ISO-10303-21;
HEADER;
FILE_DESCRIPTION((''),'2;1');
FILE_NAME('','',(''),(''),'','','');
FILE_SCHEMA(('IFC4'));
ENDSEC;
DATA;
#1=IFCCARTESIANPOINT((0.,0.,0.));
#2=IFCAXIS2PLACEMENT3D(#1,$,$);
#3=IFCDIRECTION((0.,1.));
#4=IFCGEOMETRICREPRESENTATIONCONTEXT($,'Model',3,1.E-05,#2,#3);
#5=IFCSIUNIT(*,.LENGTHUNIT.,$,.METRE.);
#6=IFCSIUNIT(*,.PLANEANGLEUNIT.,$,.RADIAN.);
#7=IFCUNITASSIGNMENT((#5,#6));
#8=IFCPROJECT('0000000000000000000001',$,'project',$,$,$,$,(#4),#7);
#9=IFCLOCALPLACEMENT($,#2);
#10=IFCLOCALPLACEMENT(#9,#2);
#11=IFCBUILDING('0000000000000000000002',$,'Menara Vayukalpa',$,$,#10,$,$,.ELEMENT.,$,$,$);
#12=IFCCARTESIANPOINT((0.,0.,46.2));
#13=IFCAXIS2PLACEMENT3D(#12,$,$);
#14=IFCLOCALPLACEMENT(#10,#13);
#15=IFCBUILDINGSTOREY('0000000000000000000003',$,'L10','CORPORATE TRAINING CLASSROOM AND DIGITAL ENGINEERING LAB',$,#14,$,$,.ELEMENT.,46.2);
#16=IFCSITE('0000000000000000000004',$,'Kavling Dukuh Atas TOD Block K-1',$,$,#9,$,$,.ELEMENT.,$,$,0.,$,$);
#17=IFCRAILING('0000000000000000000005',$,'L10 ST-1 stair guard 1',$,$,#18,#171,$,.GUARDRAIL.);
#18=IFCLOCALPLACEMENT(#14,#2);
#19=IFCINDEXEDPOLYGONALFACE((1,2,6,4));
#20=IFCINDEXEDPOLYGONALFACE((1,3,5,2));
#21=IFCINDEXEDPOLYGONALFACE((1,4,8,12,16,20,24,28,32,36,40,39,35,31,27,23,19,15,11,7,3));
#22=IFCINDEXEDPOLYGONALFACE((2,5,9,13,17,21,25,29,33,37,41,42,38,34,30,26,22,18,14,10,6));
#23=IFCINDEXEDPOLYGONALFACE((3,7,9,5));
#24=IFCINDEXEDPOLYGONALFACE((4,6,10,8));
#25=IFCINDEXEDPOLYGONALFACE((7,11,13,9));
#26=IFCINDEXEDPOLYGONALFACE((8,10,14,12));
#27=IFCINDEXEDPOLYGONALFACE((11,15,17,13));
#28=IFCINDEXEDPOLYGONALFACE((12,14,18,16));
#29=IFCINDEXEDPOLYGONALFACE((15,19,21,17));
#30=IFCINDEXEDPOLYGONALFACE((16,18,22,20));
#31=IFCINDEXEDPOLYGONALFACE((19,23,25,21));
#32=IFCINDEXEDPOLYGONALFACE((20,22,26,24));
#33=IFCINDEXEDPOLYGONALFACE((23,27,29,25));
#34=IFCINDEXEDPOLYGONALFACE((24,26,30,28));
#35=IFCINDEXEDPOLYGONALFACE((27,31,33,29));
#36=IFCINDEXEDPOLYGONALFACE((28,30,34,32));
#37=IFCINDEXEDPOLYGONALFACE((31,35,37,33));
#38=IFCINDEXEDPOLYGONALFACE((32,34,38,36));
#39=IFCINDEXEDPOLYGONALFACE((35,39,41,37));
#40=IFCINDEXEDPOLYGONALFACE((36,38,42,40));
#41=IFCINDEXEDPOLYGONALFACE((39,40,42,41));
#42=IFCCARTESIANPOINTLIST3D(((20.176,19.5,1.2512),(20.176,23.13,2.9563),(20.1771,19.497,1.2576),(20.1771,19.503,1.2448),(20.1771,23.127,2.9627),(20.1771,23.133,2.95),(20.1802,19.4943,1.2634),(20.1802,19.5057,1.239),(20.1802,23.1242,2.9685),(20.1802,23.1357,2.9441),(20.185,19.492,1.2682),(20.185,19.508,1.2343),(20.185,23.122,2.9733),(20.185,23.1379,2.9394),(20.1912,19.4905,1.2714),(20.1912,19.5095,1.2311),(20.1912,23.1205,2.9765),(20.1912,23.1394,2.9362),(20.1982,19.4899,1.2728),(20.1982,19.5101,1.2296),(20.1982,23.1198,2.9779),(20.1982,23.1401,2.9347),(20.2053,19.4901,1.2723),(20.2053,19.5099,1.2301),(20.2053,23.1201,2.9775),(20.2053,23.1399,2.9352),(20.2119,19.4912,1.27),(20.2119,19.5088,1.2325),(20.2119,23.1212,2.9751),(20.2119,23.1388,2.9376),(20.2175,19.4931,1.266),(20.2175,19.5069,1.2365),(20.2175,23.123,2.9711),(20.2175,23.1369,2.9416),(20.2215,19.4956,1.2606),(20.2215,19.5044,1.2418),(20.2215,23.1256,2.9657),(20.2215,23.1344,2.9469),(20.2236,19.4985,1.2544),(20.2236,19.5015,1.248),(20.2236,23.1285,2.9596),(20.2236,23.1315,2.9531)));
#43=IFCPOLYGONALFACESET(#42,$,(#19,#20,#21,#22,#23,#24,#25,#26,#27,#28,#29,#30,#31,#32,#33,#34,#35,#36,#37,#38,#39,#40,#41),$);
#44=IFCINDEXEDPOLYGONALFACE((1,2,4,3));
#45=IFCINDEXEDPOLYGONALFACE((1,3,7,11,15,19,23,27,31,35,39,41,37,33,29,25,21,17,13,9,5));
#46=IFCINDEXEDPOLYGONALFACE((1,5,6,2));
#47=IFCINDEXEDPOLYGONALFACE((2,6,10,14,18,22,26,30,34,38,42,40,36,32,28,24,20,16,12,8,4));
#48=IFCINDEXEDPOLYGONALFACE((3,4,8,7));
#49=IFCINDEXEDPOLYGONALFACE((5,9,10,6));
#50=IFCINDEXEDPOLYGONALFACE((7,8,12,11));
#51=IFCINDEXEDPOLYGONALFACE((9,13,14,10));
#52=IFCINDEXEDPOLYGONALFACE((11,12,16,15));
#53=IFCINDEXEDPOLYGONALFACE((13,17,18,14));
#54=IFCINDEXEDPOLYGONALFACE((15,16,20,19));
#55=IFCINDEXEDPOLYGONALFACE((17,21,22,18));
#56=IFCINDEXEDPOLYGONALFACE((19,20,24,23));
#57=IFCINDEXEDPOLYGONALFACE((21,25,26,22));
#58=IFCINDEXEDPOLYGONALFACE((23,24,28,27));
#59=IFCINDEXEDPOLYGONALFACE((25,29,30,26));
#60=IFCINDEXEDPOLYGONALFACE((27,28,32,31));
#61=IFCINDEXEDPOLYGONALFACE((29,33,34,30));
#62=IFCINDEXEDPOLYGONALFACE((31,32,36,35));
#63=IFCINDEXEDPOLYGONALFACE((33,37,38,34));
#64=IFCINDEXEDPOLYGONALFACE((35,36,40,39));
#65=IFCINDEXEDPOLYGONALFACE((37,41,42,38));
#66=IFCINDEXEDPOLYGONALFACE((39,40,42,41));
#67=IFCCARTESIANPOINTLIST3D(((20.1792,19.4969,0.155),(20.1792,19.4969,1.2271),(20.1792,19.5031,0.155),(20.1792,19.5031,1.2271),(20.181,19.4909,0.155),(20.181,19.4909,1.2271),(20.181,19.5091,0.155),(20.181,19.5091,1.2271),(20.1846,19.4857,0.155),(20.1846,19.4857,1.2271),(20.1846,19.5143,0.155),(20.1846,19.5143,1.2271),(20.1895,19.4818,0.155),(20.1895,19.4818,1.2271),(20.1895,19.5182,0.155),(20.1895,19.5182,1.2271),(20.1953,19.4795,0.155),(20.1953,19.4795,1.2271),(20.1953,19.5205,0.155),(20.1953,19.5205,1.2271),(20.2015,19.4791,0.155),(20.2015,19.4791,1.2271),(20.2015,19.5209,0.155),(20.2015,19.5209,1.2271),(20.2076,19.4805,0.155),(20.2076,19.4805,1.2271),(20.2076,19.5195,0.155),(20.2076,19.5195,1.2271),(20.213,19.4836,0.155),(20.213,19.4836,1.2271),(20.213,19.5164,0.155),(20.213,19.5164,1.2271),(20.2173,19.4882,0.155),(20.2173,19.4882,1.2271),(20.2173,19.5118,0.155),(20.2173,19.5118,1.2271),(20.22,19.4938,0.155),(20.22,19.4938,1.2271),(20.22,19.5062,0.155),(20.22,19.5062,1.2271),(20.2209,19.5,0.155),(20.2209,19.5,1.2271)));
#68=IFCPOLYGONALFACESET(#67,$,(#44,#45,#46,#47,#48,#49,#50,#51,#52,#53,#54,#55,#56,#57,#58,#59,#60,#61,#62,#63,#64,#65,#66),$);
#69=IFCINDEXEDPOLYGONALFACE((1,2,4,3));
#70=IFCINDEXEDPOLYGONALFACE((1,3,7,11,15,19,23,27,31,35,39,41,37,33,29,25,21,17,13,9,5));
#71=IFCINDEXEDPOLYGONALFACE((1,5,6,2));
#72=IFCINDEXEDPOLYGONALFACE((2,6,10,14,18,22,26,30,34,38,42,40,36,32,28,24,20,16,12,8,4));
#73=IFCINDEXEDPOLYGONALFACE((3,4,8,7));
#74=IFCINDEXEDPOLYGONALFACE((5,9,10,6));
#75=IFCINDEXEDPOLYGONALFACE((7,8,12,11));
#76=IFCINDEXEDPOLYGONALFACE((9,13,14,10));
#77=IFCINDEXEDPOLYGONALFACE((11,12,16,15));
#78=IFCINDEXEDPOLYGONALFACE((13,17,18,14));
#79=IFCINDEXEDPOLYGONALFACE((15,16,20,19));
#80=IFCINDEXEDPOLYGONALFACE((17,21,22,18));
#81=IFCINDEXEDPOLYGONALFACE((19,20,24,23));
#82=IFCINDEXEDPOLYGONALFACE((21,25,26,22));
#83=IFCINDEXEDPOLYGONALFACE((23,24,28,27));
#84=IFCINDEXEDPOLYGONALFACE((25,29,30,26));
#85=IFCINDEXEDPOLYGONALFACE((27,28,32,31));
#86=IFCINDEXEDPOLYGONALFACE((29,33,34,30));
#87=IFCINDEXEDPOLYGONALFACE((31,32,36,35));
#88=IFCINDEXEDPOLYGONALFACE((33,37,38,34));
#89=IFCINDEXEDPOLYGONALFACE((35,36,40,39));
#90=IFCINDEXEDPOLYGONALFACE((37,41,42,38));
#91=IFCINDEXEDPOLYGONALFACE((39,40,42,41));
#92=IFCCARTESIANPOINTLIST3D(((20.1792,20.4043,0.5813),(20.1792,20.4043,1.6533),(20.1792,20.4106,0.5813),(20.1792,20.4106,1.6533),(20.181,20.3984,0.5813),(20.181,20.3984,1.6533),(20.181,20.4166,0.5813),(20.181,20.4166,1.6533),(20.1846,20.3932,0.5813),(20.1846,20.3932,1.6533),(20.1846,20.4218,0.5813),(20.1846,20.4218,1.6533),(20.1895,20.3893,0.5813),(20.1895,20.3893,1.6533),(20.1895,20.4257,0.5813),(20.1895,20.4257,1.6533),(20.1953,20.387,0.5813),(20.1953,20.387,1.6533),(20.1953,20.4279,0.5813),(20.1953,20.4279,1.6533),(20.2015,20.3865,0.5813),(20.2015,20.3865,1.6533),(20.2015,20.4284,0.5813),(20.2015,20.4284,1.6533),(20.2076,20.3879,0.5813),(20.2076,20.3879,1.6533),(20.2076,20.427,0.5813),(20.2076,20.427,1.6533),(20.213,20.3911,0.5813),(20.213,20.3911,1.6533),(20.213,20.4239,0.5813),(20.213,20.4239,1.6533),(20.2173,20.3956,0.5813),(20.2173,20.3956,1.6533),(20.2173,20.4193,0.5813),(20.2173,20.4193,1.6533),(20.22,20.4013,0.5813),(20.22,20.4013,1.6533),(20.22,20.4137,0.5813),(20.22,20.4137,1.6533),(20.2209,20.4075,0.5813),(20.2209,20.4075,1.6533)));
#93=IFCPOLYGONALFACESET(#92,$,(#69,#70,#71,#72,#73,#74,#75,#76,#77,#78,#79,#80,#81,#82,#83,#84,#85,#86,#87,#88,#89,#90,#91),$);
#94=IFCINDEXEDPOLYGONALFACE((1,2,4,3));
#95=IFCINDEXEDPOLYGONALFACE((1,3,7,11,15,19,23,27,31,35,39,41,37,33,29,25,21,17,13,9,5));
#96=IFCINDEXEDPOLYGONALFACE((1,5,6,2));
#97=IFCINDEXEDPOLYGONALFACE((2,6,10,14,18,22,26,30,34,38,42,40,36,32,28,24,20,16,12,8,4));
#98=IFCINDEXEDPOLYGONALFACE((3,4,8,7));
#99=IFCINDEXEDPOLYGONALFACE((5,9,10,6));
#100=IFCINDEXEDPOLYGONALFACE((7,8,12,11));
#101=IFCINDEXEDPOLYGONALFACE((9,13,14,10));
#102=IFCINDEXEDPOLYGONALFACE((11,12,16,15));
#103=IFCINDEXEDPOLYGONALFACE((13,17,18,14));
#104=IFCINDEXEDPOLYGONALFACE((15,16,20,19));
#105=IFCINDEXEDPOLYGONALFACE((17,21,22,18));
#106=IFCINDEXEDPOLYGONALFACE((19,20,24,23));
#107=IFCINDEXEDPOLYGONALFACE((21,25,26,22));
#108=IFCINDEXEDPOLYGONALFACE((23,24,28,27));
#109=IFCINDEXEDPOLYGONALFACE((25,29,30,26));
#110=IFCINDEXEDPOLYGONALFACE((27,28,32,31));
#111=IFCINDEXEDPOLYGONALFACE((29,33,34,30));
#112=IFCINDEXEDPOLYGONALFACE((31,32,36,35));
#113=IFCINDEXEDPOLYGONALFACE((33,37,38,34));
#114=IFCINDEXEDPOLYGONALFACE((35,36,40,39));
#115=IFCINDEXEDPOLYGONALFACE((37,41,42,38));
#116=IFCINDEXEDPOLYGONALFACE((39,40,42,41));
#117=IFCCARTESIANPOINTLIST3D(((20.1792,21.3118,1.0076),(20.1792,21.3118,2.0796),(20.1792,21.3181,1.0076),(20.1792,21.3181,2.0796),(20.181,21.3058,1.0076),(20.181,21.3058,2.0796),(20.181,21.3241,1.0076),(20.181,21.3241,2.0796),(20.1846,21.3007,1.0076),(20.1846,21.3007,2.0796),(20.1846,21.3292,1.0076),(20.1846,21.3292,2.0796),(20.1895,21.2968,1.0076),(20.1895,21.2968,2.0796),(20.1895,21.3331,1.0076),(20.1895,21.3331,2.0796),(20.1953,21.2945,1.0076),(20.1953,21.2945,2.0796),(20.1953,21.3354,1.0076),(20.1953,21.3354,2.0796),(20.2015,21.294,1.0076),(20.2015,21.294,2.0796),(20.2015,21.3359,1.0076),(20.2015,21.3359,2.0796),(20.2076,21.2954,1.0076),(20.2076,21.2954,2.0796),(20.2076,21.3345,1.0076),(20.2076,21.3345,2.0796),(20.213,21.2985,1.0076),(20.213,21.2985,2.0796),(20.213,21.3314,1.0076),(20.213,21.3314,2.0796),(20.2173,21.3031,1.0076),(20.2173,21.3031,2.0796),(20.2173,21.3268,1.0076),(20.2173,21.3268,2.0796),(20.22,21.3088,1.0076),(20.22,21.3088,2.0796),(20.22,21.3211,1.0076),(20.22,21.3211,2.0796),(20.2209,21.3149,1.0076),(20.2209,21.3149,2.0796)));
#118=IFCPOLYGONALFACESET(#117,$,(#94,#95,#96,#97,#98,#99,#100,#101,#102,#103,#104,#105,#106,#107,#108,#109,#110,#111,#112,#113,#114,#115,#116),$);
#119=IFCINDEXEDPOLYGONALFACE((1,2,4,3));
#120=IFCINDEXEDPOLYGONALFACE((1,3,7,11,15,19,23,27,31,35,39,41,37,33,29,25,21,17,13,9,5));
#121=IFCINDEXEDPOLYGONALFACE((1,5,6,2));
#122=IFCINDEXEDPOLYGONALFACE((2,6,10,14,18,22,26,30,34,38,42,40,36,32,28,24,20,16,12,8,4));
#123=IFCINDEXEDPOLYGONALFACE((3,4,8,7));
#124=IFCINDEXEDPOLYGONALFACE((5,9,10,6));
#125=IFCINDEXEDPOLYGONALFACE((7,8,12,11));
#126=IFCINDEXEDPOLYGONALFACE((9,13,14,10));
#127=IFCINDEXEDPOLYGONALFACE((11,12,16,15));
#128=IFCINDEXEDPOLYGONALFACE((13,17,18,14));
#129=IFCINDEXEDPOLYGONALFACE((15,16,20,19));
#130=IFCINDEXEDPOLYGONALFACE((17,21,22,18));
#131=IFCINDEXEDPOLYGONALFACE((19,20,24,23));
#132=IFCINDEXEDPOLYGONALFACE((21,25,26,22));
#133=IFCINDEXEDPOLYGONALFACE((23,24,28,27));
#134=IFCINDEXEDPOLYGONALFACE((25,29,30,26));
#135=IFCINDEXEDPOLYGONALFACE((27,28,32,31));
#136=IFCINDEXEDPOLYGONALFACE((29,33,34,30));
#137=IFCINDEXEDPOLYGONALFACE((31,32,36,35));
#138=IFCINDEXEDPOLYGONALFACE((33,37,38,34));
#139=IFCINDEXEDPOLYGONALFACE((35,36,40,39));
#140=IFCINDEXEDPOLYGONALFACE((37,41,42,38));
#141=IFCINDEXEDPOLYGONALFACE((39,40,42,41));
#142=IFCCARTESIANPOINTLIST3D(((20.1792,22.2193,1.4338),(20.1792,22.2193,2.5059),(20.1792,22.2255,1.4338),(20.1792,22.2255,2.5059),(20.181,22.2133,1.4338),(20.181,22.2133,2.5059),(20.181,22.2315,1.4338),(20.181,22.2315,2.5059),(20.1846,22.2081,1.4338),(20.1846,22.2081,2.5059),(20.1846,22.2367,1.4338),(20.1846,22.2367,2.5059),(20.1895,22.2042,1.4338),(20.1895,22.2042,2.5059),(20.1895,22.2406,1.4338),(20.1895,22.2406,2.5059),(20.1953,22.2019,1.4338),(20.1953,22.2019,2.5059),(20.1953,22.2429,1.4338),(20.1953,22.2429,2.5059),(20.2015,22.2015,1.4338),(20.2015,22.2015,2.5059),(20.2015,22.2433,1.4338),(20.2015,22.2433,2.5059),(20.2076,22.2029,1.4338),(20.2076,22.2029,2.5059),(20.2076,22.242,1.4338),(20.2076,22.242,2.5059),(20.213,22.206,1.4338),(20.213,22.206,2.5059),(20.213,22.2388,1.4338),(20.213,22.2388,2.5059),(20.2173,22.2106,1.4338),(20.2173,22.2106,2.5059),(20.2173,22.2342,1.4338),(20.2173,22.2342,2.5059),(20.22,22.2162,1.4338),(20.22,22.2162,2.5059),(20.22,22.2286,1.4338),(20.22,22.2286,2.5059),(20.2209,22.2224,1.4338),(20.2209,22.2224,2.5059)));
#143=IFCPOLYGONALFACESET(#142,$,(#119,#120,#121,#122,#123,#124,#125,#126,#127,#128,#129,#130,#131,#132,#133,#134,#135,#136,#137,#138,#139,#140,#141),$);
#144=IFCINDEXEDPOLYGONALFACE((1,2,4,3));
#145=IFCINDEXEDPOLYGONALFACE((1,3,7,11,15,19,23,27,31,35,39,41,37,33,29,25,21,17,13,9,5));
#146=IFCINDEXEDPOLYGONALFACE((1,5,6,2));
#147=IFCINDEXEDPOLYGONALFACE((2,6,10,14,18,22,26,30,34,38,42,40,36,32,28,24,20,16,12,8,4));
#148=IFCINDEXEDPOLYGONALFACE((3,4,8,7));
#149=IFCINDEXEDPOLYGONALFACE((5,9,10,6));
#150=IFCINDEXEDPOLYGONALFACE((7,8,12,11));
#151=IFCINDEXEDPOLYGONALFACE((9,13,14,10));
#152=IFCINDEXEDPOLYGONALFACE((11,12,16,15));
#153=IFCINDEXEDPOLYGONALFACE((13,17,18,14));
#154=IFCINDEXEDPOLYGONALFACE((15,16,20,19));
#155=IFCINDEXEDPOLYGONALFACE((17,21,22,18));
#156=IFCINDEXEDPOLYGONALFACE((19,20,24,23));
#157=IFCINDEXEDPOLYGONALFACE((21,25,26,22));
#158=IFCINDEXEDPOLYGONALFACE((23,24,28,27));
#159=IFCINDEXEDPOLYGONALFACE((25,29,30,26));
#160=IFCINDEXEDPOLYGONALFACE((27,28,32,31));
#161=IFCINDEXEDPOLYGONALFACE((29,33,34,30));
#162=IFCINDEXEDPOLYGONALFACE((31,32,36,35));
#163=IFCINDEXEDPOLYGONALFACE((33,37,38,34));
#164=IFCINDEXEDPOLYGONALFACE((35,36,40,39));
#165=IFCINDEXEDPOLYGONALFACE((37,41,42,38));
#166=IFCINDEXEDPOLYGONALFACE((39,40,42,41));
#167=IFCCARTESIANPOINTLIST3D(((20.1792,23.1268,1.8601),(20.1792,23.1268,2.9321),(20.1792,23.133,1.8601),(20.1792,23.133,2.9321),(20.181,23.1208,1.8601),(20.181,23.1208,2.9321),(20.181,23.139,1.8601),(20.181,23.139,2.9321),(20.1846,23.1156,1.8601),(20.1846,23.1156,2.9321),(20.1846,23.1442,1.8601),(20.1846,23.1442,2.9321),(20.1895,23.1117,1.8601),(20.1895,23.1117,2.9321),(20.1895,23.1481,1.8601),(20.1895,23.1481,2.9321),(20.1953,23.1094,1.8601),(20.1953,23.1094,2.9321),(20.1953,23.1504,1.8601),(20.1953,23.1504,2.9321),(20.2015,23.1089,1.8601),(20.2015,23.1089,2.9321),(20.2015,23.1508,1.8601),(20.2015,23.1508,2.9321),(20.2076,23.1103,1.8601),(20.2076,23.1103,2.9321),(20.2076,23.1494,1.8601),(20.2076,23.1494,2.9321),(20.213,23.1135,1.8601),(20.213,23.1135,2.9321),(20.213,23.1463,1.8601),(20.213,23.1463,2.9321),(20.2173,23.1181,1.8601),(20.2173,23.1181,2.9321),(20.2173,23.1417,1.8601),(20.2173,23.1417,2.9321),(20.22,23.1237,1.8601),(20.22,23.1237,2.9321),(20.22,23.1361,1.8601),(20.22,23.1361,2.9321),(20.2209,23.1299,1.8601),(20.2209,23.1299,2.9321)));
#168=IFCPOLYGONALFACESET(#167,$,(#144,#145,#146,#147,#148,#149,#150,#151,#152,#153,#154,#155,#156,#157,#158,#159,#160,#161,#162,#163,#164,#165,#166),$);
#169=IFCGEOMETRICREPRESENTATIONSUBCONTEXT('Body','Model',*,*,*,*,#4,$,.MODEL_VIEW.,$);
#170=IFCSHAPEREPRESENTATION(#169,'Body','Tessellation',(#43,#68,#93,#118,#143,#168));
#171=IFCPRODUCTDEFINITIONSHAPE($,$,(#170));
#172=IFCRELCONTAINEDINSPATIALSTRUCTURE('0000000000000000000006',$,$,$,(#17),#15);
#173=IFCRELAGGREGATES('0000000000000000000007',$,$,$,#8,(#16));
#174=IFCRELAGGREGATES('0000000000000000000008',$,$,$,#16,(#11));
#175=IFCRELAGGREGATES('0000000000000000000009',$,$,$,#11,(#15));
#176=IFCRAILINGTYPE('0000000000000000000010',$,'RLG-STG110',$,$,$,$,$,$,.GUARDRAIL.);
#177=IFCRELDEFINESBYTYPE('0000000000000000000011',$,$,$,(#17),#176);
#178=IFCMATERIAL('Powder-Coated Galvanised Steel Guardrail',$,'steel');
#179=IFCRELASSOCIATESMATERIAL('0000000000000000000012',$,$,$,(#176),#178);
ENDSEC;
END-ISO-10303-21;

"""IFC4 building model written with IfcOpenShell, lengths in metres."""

from ifc_helpers import new_model, si_unit, direction, frame, origin, origin_2d, place, context, subcontext, project, spatial, circle, extrude, material, type_object, element, save


model = new_model("IFC4")

# Units and contexts
model_context = context("Model", 3, precision=1e-05, world=origin(), true_north=direction((0.0, 1.0)))
body_context = subcontext(model_context, "Body", "Model", "MODEL_VIEW")
ifc_project = project(units=[si_unit("LENGTHUNIT", "METRE"), si_unit("PLANEANGLEUNIT", "RADIAN")], contexts=[model_context])

# Site, building, storey
site_placement = place(None, origin())
site = spatial("IfcSite", under=ifc_project, at=site_placement, Name="Kavling Dukuh Atas TOD Block K-1", CompositionType="ELEMENT", RefElevation=0.0)
building_placement = place(site_placement, origin())
building = spatial("IfcBuilding", under=site, at=building_placement, Name="Menara Vayukalpa", CompositionType="ELEMENT")
storey_placement = place(building_placement, frame((0.0, 0.0, 46.2)))
storey = spatial("IfcBuildingStorey", under=building, at=storey_placement, Name="L10", Description="CORPORATE TRAINING CLASSROOM AND DIGITAL ENGINEERING LAB", CompositionType="ELEMENT", Elevation=46.2)

# Railing
ifc_material_1 = material(Name="Powder-Coated Galvanised Steel Guardrail", Category="steel")
railing_type = type_object("IfcRailingType", Name="RLG-STG110", PredefinedType="GUARDRAIL", material=ifc_material_1)
railing_1_placement = place(storey_placement, frame((20.2, 19.5, 0.155)))
element("IfcRailing", 1, at=railing_1_placement, inside=storey, type_object=railing_type, Name="L10 ST-1 stair guard 1", PredefinedType="GUARDRAIL", context=body_context, shape_type="SweptSolid", body=[
    extrude(circle(Radius=0.0239, at=origin_2d()), frame((0.0, 0.0, 1.0962), z_axis=(0.0, 0.905116, 0.425164), x_axis=(-1.0, 0.0, 0.0)), (0.0, 0.0, 1.0), 4.0105),
    extrude(circle(Radius=0.021, at=origin_2d()), origin(), (0.0, 0.0, 1.0), 1.072),
    extrude(circle(Radius=0.021, at=origin_2d()), frame((0.0, 0.9075, 0.4263)), (0.0, 0.0, 1.0), 1.072),
    extrude(circle(Radius=0.021, at=origin_2d()), frame((0.0, 1.8149, 0.8525)), (0.0, 0.0, 1.0), 1.072),
    extrude(circle(Radius=0.021, at=origin_2d()), frame((0.0, 2.7224, 1.2788)), (0.0, 0.0, 1.0), 1.072),
    extrude(circle(Radius=0.021, at=origin_2d()), frame((0.0, 3.6299, 1.7051)), (0.0, 0.0, 1.0), 1.072),
])

save(model, "model.ifc")
